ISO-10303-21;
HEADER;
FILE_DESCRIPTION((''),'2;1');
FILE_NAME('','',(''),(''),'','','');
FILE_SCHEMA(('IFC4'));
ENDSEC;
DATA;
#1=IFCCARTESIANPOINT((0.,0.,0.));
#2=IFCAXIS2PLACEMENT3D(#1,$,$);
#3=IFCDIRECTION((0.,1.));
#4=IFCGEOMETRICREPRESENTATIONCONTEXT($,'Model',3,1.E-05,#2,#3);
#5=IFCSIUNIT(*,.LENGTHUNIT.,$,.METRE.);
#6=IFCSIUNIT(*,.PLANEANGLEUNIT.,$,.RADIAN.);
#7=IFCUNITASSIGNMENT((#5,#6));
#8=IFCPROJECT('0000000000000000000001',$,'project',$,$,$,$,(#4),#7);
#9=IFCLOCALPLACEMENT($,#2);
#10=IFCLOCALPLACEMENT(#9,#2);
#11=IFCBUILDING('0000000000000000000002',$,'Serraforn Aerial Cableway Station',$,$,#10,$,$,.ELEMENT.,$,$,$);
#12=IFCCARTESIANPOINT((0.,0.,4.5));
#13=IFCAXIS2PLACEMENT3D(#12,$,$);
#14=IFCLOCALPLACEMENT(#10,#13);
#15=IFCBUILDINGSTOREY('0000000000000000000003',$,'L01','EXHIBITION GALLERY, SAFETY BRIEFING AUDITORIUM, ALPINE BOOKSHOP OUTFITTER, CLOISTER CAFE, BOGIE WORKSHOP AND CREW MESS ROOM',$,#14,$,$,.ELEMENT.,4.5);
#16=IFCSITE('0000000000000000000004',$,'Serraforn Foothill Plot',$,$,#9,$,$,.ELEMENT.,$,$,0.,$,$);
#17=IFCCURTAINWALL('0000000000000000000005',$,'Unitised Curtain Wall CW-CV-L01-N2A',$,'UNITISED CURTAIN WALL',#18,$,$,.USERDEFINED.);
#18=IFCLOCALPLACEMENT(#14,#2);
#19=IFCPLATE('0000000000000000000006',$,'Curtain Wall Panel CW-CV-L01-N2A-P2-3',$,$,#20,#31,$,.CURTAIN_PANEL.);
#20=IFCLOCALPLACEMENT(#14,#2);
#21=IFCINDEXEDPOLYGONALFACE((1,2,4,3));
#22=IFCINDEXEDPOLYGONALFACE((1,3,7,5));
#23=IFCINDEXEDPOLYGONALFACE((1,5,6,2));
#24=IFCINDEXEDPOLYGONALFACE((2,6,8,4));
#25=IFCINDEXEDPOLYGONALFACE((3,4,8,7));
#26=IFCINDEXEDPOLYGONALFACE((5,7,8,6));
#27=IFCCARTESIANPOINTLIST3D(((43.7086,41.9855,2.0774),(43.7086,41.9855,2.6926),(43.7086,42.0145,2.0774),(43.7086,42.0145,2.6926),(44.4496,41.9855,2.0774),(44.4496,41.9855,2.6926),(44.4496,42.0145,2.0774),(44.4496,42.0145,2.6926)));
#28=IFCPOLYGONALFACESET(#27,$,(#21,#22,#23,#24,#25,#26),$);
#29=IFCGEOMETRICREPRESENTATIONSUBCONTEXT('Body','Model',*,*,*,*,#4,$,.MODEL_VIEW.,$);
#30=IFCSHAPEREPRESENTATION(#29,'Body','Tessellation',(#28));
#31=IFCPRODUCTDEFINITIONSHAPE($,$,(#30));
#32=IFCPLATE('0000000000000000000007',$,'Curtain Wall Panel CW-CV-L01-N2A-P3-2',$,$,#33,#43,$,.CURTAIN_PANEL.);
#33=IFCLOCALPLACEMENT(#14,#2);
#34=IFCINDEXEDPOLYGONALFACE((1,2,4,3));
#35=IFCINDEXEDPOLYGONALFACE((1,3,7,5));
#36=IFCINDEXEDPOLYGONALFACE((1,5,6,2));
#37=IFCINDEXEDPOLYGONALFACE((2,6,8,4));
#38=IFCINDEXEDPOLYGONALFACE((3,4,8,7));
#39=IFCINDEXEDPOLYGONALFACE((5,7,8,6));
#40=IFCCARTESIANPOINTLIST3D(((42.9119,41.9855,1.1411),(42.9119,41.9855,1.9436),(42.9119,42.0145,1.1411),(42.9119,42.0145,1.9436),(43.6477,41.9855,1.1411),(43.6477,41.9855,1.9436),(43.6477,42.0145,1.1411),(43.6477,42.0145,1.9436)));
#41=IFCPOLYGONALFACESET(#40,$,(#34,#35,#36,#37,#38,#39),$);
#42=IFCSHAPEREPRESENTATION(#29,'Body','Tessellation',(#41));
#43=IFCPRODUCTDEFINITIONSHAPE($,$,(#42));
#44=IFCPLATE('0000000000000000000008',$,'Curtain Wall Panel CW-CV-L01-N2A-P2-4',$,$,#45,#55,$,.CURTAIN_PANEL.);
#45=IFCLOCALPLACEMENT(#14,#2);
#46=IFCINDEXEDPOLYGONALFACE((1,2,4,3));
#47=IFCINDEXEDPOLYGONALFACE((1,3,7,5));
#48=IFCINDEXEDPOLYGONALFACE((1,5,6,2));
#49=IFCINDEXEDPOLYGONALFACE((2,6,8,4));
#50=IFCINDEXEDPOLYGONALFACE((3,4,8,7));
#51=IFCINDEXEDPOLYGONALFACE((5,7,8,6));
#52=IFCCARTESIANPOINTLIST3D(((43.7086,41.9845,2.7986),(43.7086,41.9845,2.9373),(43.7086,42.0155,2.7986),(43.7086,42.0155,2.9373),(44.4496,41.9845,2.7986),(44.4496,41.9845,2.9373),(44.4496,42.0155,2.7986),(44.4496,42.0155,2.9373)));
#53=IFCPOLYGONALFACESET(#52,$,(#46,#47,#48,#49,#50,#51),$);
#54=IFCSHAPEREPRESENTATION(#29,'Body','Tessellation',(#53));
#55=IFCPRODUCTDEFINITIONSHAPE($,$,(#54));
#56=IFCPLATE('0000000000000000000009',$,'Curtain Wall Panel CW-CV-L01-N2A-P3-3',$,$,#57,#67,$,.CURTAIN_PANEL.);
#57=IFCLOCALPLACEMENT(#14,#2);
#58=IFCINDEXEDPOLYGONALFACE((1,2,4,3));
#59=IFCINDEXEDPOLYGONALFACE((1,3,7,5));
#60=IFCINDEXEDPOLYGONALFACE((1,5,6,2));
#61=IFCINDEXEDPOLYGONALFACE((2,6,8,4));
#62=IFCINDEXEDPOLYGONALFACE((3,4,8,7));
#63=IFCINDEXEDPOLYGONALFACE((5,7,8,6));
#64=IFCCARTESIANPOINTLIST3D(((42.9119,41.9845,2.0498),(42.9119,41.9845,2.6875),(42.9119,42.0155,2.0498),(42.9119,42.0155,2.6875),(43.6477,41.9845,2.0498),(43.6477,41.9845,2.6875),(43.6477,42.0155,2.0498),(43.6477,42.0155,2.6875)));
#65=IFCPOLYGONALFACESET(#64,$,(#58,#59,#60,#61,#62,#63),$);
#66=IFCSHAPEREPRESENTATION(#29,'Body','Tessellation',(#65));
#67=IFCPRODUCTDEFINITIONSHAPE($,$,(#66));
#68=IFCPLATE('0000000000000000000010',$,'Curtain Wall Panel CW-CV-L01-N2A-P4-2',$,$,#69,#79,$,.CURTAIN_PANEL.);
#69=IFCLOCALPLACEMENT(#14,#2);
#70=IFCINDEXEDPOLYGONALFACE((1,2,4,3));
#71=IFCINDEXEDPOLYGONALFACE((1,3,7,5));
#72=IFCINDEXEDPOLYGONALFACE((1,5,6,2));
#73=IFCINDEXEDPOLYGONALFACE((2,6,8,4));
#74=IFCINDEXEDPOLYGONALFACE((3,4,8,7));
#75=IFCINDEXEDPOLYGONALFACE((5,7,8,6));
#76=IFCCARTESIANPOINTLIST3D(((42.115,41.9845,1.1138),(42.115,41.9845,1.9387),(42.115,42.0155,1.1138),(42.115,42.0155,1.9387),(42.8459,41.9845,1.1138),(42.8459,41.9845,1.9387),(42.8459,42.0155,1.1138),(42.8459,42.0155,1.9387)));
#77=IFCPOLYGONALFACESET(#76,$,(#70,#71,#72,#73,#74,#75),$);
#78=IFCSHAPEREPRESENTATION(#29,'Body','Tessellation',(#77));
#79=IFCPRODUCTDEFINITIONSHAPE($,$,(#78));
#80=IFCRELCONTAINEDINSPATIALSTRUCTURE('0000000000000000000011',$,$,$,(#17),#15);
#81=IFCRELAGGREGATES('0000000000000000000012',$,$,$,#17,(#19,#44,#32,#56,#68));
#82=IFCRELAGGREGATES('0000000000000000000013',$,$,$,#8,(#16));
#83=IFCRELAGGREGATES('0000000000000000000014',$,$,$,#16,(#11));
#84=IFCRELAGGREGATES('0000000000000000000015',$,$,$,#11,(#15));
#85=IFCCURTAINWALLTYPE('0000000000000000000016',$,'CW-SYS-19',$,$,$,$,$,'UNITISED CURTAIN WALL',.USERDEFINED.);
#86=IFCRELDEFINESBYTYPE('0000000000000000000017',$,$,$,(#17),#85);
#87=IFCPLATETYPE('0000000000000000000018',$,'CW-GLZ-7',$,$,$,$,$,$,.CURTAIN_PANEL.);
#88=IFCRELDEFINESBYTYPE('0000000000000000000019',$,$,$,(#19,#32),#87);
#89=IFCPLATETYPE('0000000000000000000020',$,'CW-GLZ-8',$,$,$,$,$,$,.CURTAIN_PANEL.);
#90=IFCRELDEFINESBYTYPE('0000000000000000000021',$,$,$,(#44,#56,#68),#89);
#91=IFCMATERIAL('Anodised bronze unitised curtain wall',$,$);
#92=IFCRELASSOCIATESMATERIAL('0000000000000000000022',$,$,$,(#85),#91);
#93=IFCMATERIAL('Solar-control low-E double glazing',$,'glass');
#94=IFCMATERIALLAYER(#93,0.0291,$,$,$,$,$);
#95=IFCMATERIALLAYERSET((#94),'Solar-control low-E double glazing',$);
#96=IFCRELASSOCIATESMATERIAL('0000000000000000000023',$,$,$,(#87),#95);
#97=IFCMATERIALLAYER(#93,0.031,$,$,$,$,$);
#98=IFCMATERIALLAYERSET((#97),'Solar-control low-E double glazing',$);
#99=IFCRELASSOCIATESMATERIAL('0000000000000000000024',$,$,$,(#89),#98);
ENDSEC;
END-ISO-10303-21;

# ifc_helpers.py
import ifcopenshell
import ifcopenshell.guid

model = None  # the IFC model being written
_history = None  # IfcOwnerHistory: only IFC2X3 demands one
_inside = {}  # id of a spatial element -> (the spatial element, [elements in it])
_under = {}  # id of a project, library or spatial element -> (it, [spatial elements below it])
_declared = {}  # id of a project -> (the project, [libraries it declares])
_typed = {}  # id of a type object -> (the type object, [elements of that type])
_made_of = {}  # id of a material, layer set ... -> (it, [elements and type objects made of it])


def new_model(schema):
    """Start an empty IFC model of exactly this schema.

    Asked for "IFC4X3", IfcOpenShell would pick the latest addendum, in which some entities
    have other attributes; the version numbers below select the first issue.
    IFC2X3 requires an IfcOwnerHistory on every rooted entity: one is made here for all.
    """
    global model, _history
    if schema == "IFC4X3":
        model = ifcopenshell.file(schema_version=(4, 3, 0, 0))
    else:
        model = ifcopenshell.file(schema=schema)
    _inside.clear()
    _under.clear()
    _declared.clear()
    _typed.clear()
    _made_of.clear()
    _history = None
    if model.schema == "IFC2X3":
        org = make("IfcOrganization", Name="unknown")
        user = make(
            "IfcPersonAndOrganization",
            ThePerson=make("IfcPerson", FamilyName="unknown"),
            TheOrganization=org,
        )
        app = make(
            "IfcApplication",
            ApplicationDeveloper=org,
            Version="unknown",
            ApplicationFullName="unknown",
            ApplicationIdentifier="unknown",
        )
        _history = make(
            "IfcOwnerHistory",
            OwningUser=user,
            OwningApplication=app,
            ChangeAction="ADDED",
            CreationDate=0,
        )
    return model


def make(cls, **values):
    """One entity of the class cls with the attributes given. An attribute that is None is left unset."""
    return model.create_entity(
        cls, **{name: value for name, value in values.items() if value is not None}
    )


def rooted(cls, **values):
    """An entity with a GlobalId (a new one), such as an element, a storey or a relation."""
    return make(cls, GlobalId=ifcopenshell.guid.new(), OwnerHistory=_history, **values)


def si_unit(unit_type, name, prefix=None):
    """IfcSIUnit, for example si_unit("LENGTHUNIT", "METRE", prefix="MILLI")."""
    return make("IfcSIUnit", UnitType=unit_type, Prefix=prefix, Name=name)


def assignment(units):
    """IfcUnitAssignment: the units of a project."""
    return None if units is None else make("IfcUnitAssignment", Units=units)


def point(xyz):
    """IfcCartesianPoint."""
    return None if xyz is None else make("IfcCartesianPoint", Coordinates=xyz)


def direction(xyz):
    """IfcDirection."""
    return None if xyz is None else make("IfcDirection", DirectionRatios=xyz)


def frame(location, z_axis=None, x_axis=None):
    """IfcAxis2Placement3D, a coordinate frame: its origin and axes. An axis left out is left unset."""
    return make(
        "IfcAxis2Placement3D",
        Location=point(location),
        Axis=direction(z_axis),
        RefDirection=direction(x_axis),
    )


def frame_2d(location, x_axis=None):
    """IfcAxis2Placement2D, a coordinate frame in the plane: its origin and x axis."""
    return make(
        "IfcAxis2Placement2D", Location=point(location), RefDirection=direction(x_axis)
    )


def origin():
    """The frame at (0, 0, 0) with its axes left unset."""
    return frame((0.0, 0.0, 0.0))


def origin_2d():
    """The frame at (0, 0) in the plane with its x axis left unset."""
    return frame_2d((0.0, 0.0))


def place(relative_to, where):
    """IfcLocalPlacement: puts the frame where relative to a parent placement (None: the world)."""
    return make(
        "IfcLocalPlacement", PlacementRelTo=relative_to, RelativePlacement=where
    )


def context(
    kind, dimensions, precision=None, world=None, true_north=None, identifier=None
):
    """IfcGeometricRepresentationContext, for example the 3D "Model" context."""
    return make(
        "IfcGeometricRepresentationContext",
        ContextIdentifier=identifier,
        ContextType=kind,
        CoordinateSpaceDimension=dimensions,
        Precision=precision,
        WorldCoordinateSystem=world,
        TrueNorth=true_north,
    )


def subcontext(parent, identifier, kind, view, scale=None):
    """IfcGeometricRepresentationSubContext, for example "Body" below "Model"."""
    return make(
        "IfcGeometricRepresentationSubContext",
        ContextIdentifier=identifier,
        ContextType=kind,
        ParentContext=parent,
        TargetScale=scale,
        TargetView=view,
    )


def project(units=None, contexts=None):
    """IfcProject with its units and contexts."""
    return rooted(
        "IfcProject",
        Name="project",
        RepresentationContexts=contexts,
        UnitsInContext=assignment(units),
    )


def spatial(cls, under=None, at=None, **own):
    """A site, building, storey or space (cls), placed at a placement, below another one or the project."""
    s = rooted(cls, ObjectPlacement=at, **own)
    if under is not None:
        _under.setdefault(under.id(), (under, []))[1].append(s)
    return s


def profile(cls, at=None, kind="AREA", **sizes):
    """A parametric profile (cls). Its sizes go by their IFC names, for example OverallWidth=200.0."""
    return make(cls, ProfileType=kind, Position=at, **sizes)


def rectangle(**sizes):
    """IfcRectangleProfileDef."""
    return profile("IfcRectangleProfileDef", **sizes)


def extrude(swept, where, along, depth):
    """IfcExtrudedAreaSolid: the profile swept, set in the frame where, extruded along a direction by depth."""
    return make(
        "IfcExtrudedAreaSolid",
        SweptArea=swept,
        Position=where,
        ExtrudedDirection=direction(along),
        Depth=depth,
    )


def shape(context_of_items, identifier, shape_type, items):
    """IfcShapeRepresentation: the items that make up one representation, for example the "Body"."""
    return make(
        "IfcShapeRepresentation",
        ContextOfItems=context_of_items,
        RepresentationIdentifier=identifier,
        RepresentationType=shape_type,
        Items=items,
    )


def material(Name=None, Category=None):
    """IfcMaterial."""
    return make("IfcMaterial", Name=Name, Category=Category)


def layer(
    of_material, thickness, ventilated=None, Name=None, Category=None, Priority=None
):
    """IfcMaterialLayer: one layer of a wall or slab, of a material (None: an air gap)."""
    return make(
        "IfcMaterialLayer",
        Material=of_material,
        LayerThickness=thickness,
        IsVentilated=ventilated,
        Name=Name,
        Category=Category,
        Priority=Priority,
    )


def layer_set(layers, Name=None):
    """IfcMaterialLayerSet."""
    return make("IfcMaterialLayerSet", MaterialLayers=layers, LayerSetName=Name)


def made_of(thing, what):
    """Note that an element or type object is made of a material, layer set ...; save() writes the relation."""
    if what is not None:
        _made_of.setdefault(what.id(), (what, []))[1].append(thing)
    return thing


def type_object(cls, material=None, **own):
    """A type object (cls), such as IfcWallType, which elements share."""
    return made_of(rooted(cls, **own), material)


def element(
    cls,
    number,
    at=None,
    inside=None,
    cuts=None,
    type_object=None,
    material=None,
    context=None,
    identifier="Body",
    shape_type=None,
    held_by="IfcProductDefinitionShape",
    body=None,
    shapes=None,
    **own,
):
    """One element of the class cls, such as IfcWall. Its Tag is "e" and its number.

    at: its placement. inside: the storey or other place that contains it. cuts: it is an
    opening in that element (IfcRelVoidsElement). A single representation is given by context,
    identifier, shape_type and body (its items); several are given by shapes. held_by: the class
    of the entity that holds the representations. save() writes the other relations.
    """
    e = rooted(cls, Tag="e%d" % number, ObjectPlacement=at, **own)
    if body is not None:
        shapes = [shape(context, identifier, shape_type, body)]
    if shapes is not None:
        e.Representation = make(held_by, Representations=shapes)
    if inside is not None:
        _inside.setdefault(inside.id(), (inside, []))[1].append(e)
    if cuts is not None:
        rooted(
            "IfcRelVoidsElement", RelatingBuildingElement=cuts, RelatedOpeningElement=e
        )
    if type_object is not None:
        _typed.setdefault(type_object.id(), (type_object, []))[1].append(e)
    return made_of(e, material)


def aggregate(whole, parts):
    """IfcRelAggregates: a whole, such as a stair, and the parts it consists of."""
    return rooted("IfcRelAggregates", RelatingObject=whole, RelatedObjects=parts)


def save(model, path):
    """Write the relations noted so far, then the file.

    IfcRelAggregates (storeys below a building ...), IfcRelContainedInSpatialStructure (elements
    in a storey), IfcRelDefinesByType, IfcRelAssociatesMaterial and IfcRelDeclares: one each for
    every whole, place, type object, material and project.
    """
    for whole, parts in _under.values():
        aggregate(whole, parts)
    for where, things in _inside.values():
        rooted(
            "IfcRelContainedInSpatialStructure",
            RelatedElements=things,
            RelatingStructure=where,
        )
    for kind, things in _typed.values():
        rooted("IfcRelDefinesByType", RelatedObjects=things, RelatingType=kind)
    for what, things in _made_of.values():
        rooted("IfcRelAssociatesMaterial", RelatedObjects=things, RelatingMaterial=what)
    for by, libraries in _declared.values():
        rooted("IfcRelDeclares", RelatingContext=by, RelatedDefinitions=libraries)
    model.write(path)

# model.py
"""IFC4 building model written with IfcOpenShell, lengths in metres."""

from ifc_helpers import new_model, si_unit, direction, frame, origin, origin_2d, place, context, subcontext, project, spatial, rectangle, extrude, material, layer, layer_set, type_object, element, aggregate, save


model = new_model("IFC4")

# Units and contexts
model_context = context("Model", 3, precision=1e-05, world=origin(), true_north=direction((0.0, 1.0)))
body_context = subcontext(model_context, "Body", "Model", "MODEL_VIEW")
ifc_project = project(units=[si_unit("LENGTHUNIT", "METRE"), si_unit("PLANEANGLEUNIT", "RADIAN")], contexts=[model_context])

# Site, building, storey
site_placement = place(None, origin())
site = spatial("IfcSite", under=ifc_project, at=site_placement, Name="Serraforn Foothill Plot", CompositionType="ELEMENT", RefElevation=0.0)
building_placement = place(site_placement, origin())
building = spatial("IfcBuilding", under=site, at=building_placement, Name="Serraforn Aerial Cableway Station", CompositionType="ELEMENT")
storey_placement = place(building_placement, frame((0.0, 0.0, 4.5)))
storey = spatial("IfcBuildingStorey", under=building, at=storey_placement, Name="L01", Description="EXHIBITION GALLERY, SAFETY BRIEFING AUDITORIUM, ALPINE BOOKSHOP OUTFITTER, CLOISTER CAFE, BOGIE WORKSHOP AND CREW MESS ROOM", CompositionType="ELEMENT", Elevation=4.5)

# Curtain wall, plates
ifc_material_1 = material(Name="Anodised bronze unitised curtain wall")
curtain_wall_type = type_object("IfcCurtainWallType", Name="CW-SYS-19", ElementType="UNITISED CURTAIN WALL", PredefinedType="USERDEFINED", material=ifc_material_1)
curtain_wall_placement = place(storey_placement, origin())
curtain_wall = element("IfcCurtainWall", 1, at=curtain_wall_placement, inside=storey, type_object=curtain_wall_type, Name="Unitised Curtain Wall CW-CV-L01-N2A", ObjectType="UNITISED CURTAIN WALL", PredefinedType="USERDEFINED")
ifc_material_2 = material(Name="Solar-control low-E double glazing", Category="glass")
ifc_layer_1 = layer(ifc_material_2, 0.0291)
ifc_layer_set_1 = layer_set([ifc_layer_1], Name="Solar-control low-E double glazing")
plate_type_1 = type_object("IfcPlateType", Name="CW-GLZ-7", PredefinedType="CURTAIN_PANEL", material=ifc_layer_set_1)
plate_1_placement = place(storey_placement, frame((44.0791, 42.0, 2.0774), z_axis=(0.0, 0.0, 1.0), x_axis=(1.0, 0.0, 0.0)))
plate_1 = element("IfcPlate", 2, at=plate_1_placement, type_object=plate_type_1, Name="Curtain Wall Panel CW-CV-L01-N2A-P2-3", PredefinedType="CURTAIN_PANEL", context=body_context, shape_type="SweptSolid", body=[
    extrude(rectangle(XDim=0.741, YDim=0.0291, at=origin_2d()), origin(), (0.0, 0.0, 1.0), 0.6152),
])
plate_2_placement = place(storey_placement, frame((43.2798, 42.0, 1.1411), z_axis=(0.0, 0.0, 1.0), x_axis=(1.0, 0.0, 0.0)))
plate_2 = element("IfcPlate", 3, at=plate_2_placement, type_object=plate_type_1, Name="Curtain Wall Panel CW-CV-L01-N2A-P3-2", PredefinedType="CURTAIN_PANEL", context=body_context, shape_type="SweptSolid", body=[
    extrude(rectangle(XDim=0.7358, YDim=0.0291, at=origin_2d()), origin(), (0.0, 0.0, 1.0), 0.8025),
])
ifc_layer_2 = layer(ifc_material_2, 0.031)
ifc_layer_set_2 = layer_set([ifc_layer_2], Name="Solar-control low-E double glazing")
plate_type_2 = type_object("IfcPlateType", Name="CW-GLZ-8", PredefinedType="CURTAIN_PANEL", material=ifc_layer_set_2)
plate_3_placement = place(storey_placement, frame((44.0791, 42.0, 2.7986), z_axis=(0.0, 0.0, 1.0), x_axis=(1.0, 0.0, 0.0)))
plate_3 = element("IfcPlate", 4, at=plate_3_placement, type_object=plate_type_2, Name="Curtain Wall Panel CW-CV-L01-N2A-P2-4", PredefinedType="CURTAIN_PANEL", context=body_context, shape_type="SweptSolid", body=[
    extrude(rectangle(XDim=0.741, YDim=0.031, at=origin_2d()), origin(), (0.0, 0.0, 1.0), 0.1387),
])
plate_4_placement = place(storey_placement, frame((43.2798, 42.0, 2.0498), z_axis=(0.0, 0.0, 1.0), x_axis=(1.0, 0.0, 0.0)))
plate_4 = element("IfcPlate", 5, at=plate_4_placement, type_object=plate_type_2, Name="Curtain Wall Panel CW-CV-L01-N2A-P3-3", PredefinedType="CURTAIN_PANEL", context=body_context, shape_type="SweptSolid", body=[
    extrude(rectangle(XDim=0.7358, YDim=0.031, at=origin_2d()), origin(), (0.0, 0.0, 1.0), 0.6377),
])
plate_5_placement = place(storey_placement, frame((42.4805, 42.0, 1.1138), z_axis=(0.0, 0.0, 1.0), x_axis=(1.0, 0.0, 0.0)))
plate_5 = element("IfcPlate", 6, at=plate_5_placement, type_object=plate_type_2, Name="Curtain Wall Panel CW-CV-L01-N2A-P4-2", PredefinedType="CURTAIN_PANEL", context=body_context, shape_type="SweptSolid", body=[
    extrude(rectangle(XDim=0.731, YDim=0.031, at=origin_2d()), origin(), (0.0, 0.0, 1.0), 0.825),
])
aggregate(curtain_wall, [plate_1, plate_3, plate_2, plate_4, plate_5])

save(model, "model.ifc")
